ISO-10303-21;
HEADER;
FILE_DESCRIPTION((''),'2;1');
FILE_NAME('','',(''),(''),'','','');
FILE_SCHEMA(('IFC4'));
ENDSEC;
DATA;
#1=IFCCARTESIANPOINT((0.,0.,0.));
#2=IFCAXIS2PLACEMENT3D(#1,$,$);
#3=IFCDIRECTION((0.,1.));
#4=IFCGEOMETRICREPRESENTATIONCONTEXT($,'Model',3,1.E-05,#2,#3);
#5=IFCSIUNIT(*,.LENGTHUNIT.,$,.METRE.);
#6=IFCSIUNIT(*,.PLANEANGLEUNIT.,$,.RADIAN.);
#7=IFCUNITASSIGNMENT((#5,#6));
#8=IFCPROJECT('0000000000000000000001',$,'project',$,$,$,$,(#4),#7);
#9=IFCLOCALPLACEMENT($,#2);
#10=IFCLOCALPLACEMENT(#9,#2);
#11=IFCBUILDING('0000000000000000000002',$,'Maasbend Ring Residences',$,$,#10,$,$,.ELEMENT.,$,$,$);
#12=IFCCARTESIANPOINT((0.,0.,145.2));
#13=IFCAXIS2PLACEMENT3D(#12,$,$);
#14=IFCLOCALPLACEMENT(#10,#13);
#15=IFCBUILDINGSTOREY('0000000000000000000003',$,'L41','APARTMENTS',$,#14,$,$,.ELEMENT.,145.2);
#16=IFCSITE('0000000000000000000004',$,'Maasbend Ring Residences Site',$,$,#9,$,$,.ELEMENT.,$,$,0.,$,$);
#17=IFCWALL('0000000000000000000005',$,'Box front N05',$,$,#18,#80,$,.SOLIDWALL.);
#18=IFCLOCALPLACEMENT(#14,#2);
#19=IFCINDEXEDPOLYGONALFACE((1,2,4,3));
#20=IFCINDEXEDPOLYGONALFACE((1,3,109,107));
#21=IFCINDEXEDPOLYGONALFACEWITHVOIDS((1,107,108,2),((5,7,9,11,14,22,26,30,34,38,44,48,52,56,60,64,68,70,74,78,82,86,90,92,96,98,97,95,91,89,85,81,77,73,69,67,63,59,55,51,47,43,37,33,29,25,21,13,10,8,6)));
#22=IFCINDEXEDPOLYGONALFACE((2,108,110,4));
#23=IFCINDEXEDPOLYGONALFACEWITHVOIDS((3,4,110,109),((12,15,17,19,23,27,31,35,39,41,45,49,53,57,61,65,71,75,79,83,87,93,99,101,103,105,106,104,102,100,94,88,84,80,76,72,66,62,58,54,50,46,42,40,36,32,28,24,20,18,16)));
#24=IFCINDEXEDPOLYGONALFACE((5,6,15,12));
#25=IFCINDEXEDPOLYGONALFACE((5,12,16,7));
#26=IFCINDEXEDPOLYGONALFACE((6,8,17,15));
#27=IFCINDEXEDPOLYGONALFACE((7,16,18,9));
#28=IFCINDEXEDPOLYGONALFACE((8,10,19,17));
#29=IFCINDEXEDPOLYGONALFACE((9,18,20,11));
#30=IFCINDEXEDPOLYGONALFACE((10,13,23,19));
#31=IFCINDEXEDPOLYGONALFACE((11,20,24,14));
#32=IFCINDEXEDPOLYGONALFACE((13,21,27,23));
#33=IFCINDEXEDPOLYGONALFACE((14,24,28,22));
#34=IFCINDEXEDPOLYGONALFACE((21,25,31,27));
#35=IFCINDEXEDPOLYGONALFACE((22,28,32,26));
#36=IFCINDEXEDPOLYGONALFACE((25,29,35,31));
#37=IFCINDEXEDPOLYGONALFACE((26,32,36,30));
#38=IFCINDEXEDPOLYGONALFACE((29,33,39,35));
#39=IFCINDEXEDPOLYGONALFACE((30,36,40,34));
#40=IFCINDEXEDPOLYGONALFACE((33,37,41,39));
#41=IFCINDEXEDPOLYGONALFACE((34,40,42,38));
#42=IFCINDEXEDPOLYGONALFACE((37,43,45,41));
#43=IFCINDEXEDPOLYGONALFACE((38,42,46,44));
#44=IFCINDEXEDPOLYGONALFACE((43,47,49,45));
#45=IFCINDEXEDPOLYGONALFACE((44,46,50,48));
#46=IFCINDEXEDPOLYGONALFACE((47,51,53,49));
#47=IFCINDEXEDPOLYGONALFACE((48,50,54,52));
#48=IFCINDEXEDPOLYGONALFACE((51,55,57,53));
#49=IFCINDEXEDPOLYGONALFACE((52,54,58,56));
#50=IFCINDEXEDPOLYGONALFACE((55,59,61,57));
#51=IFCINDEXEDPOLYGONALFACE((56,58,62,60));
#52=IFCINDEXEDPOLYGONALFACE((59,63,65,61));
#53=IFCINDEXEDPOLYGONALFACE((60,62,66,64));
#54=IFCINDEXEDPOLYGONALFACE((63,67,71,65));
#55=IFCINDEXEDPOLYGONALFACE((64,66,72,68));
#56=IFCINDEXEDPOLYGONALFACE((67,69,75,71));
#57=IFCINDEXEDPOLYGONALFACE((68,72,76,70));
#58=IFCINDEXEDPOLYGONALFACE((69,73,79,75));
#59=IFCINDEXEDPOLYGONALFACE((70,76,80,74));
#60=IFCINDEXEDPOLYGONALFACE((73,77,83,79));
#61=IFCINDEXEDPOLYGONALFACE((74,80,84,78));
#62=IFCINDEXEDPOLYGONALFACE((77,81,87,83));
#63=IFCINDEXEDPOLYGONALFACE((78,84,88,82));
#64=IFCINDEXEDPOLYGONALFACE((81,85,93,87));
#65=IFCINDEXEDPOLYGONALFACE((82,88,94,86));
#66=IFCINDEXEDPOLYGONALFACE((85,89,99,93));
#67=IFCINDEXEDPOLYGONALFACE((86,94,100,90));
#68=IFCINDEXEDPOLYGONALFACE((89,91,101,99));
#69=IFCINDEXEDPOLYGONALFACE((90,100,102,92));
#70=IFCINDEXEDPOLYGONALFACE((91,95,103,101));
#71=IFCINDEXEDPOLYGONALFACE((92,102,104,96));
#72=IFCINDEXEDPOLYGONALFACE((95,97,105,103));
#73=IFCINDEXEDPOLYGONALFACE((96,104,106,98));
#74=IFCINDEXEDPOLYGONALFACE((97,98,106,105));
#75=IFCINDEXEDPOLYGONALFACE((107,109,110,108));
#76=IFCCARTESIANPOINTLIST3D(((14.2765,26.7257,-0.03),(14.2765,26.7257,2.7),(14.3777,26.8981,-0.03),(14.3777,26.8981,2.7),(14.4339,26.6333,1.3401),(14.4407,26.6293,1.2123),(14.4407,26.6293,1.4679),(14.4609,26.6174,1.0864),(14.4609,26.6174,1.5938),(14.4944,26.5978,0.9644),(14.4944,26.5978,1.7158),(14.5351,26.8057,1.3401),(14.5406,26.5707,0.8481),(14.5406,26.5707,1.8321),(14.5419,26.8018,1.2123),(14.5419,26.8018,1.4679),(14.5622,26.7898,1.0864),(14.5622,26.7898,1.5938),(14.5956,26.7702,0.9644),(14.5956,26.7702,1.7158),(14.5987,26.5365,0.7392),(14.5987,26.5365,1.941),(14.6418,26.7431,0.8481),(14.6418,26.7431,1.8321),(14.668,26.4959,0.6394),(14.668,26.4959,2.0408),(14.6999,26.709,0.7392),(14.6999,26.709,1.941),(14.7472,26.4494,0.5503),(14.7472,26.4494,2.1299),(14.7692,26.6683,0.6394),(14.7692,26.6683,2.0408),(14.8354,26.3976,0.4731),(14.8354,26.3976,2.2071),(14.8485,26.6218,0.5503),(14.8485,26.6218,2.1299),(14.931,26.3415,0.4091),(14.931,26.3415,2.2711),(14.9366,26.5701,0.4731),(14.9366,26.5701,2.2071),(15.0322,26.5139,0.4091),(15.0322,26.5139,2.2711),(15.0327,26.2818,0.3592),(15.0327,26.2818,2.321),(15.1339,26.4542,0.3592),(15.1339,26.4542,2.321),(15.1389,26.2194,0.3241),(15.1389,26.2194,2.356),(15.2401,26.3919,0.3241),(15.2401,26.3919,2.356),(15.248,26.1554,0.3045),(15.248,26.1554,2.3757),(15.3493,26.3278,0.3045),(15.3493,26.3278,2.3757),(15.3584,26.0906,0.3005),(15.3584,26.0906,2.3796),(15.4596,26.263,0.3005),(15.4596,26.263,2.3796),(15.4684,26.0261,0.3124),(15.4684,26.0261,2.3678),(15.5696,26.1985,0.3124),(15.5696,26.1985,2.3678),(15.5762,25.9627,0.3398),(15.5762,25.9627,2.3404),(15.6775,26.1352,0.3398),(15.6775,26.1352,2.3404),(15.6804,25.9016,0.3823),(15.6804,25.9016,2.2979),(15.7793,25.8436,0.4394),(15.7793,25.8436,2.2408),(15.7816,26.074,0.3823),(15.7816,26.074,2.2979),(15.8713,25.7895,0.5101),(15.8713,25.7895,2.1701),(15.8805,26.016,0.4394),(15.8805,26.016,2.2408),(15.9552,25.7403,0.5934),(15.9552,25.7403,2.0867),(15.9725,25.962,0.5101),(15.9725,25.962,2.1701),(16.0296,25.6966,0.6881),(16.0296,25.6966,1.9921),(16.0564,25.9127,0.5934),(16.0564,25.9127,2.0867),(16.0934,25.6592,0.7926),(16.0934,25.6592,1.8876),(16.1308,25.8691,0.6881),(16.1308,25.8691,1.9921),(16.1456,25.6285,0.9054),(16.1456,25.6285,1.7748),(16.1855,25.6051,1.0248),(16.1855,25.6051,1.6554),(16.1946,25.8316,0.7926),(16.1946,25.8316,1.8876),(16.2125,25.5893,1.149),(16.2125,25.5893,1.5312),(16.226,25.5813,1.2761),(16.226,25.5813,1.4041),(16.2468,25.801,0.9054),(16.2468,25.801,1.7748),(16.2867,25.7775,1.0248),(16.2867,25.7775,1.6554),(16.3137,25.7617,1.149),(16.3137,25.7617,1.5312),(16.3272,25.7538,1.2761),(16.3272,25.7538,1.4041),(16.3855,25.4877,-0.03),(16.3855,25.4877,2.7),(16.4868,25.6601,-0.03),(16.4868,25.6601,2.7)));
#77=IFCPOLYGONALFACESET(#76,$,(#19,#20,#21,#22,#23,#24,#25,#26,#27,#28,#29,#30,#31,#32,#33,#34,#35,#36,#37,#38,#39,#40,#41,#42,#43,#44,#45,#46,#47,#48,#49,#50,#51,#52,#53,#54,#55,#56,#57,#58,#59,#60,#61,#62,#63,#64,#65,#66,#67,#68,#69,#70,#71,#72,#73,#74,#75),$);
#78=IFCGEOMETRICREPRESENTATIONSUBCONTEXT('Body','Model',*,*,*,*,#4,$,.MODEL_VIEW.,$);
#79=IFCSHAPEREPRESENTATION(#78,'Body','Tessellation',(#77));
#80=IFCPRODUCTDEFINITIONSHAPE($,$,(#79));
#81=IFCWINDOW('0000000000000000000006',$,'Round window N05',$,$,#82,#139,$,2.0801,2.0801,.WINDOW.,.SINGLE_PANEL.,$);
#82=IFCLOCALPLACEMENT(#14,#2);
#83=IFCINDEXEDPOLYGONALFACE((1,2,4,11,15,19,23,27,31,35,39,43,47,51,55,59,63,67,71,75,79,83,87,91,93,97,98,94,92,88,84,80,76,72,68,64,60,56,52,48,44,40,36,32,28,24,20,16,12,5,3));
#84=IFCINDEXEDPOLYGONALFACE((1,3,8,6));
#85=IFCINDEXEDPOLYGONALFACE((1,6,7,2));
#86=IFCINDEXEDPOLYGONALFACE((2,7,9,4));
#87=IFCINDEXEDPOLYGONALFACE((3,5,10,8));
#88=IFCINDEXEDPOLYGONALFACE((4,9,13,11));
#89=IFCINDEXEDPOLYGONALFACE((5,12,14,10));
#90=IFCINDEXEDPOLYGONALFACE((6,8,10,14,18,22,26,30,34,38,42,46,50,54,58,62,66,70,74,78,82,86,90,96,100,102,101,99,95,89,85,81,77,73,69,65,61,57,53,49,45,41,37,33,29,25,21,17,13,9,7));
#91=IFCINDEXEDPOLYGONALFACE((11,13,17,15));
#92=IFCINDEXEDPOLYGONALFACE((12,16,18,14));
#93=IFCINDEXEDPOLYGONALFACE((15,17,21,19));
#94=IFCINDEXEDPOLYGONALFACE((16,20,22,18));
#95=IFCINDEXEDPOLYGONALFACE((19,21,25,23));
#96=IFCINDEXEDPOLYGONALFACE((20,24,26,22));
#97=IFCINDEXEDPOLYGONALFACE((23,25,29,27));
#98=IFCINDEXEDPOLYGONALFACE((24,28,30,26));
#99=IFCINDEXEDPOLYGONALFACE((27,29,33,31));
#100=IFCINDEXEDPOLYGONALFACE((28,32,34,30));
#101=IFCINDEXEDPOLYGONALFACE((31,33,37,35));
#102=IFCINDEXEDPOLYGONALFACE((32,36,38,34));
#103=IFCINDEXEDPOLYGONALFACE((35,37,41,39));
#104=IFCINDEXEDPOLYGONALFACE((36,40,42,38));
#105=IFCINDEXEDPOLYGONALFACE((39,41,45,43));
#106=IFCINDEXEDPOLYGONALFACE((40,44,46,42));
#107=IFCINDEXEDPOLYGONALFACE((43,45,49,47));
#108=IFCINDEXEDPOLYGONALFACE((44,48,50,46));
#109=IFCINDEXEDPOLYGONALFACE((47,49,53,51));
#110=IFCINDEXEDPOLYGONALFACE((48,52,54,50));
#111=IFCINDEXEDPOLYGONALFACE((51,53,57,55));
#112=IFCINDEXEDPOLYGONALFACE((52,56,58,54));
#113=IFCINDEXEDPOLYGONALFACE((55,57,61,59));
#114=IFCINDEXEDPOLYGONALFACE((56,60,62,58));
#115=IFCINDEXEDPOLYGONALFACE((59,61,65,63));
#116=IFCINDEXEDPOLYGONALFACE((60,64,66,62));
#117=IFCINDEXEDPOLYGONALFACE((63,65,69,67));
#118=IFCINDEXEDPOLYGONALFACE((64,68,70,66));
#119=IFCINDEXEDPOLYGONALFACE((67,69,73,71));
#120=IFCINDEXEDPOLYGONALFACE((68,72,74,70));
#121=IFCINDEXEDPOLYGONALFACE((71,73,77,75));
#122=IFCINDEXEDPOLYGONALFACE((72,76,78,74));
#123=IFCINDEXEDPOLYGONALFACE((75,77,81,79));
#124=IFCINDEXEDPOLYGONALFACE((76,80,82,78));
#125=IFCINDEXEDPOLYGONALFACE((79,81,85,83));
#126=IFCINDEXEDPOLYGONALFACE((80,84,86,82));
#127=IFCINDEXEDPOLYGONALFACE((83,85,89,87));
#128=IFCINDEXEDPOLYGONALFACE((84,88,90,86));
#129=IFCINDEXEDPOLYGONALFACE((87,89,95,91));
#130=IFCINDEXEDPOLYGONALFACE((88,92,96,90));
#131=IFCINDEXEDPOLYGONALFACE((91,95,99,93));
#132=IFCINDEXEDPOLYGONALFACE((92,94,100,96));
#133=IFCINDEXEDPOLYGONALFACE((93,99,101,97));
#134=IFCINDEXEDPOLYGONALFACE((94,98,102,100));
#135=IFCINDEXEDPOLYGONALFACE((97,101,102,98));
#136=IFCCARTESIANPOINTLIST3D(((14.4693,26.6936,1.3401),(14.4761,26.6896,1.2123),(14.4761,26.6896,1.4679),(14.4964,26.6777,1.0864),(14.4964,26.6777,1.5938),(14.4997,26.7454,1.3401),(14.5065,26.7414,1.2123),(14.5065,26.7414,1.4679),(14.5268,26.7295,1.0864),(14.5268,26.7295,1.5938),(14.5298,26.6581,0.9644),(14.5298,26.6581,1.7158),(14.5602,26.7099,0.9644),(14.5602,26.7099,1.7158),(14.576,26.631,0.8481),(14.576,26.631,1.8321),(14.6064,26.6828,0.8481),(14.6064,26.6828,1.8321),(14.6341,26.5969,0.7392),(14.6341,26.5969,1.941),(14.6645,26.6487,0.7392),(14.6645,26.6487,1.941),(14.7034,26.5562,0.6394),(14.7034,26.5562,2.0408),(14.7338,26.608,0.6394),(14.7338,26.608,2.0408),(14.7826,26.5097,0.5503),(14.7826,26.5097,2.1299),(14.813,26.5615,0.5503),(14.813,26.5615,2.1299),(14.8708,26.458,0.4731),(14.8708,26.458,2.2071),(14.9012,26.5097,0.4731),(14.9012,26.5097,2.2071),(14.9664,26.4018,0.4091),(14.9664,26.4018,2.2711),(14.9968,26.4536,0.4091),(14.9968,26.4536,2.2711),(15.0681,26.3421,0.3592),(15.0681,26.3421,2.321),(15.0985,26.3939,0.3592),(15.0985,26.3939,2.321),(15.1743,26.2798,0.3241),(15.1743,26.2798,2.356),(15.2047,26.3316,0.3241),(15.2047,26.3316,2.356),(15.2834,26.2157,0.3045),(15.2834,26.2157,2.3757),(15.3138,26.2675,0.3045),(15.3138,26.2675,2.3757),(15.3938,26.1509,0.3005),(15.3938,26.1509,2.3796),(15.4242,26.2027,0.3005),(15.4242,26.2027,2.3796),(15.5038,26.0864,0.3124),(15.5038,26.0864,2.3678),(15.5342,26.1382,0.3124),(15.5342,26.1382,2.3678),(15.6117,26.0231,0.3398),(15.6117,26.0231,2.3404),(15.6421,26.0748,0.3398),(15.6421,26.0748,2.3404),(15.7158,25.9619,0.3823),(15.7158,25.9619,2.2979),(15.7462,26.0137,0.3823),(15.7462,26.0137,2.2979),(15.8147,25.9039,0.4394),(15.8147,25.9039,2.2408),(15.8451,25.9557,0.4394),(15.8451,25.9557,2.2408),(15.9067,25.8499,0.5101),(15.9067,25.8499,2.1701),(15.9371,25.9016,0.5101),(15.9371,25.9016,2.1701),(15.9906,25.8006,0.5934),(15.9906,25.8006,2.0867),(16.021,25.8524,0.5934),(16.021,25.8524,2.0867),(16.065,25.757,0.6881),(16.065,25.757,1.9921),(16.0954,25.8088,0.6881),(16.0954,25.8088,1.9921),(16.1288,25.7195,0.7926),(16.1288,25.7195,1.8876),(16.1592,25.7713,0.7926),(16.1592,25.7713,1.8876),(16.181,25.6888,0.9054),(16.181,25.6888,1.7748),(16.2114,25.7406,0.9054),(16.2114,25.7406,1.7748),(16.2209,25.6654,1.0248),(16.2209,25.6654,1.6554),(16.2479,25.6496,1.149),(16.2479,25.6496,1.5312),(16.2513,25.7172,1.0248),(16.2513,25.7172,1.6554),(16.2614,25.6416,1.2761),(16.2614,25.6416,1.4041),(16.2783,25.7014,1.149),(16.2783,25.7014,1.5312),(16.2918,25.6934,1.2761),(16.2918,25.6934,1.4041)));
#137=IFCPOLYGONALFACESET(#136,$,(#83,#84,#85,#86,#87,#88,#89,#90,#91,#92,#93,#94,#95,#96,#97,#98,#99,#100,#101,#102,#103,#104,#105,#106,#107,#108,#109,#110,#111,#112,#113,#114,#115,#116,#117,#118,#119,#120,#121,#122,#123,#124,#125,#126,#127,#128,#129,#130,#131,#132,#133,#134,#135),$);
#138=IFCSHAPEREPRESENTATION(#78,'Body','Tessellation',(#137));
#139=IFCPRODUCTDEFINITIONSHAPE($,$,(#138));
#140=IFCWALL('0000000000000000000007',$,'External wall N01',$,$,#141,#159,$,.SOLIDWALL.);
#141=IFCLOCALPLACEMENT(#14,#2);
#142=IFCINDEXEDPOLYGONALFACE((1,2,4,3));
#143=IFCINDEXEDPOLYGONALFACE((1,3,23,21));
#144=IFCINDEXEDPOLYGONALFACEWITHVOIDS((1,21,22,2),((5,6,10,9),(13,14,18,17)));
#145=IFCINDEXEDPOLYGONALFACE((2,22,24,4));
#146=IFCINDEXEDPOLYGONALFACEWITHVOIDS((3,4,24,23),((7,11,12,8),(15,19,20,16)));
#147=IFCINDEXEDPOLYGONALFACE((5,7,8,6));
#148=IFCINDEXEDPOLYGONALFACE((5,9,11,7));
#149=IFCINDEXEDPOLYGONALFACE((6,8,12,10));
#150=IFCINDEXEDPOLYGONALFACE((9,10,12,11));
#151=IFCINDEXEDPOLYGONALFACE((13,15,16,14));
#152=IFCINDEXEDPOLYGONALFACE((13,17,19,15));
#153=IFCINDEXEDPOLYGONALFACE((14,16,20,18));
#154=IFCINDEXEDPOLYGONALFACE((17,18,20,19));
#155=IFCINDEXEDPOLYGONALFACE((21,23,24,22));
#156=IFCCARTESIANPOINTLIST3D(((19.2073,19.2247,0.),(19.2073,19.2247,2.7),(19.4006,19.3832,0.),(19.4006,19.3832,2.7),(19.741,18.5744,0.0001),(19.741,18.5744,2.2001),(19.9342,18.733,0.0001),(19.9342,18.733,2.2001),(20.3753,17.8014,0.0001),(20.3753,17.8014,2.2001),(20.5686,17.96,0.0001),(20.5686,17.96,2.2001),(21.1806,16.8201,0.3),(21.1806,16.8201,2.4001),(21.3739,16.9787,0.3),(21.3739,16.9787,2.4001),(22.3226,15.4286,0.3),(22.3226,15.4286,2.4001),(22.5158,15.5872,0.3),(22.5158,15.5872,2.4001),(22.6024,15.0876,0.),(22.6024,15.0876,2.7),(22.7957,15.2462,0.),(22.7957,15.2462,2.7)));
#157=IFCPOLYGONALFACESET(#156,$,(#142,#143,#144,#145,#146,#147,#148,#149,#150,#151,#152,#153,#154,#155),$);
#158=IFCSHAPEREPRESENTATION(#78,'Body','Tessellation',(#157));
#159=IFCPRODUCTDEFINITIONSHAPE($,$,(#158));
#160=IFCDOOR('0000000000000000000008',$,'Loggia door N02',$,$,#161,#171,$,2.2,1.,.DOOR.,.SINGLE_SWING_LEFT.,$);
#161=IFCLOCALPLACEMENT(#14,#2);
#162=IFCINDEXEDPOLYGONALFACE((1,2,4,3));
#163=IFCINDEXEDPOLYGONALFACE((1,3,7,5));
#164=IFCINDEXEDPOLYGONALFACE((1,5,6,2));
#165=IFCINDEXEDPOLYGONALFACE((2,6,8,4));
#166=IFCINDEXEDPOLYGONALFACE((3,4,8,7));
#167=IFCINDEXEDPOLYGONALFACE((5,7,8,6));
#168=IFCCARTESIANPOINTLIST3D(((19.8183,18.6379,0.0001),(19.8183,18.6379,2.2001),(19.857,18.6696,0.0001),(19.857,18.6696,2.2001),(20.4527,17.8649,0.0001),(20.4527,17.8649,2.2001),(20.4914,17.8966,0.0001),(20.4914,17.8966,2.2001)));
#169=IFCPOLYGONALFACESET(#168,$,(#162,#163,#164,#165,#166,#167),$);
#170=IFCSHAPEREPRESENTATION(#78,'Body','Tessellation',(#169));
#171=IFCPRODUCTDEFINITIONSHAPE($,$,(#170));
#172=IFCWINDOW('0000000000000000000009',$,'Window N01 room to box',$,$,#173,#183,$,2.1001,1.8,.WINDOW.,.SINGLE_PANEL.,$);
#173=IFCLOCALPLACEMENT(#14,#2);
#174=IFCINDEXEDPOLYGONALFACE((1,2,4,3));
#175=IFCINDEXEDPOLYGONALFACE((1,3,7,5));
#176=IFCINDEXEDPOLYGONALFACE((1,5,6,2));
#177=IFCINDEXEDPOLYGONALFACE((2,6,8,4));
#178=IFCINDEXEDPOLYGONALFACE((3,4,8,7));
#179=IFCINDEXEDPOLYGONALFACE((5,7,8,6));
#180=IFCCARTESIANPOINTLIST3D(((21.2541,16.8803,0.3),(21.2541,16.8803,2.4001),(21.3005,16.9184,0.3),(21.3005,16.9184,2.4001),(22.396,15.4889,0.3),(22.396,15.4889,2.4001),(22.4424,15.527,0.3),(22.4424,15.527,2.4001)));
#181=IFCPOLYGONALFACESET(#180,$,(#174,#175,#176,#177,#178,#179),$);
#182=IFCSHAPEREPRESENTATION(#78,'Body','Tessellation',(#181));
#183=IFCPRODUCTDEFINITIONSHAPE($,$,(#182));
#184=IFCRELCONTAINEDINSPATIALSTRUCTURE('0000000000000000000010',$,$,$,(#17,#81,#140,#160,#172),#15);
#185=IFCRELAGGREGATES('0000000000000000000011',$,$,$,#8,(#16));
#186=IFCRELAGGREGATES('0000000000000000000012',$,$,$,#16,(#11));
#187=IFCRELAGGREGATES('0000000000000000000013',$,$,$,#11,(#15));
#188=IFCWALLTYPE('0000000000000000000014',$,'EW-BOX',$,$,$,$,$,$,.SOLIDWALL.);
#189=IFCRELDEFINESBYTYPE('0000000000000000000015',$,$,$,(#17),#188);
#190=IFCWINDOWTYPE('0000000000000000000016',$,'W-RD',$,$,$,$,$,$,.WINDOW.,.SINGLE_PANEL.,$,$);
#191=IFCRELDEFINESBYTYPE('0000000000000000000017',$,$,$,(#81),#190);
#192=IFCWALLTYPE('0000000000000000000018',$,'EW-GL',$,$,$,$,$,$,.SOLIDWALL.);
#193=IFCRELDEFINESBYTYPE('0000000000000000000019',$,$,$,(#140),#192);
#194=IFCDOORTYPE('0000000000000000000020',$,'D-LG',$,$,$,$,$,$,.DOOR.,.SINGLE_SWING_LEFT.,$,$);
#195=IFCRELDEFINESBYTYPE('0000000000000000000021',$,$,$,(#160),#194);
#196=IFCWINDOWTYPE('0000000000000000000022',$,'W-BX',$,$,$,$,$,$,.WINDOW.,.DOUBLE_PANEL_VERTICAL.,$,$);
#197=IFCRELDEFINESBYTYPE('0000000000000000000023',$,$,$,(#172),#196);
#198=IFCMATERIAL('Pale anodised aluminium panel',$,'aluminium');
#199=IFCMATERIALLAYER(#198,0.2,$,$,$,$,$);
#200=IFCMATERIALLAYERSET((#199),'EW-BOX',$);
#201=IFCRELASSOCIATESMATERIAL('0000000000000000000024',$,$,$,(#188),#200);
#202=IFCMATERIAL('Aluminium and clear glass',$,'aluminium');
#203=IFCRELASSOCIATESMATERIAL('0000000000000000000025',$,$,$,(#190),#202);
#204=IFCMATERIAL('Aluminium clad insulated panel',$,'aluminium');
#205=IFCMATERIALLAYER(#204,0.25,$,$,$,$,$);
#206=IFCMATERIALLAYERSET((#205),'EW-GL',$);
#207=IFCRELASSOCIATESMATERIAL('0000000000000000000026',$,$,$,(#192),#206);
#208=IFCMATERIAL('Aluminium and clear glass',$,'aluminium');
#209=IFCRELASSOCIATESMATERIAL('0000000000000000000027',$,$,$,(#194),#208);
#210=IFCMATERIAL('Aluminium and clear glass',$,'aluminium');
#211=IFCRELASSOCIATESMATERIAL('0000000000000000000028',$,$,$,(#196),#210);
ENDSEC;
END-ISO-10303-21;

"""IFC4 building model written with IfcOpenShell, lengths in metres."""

from ifc_helpers import new_model, si_unit, direction, frame, frame_2d, origin, place, context, subcontext, project, spatial, rectangle, circle, extrude, material, layer, layer_set, type_object, element, fill, save


model = new_model("IFC4")

# Units and contexts
model_context = context("Model", 3, precision=1e-05, world=origin(), true_north=direction((0.0, 1.0)))
body_context = subcontext(model_context, "Body", "Model", "MODEL_VIEW")
ifc_project = project(units=[si_unit("LENGTHUNIT", "METRE"), si_unit("PLANEANGLEUNIT", "RADIAN")], contexts=[model_context])

# Site, building, storey
site_placement = place(None, origin())
site = spatial("IfcSite", under=ifc_project, at=site_placement, Name="Maasbend Ring Residences Site", CompositionType="ELEMENT", RefElevation=0.0)
building_placement = place(site_placement, origin())
building = spatial("IfcBuilding", under=site, at=building_placement, Name="Maasbend Ring Residences", CompositionType="ELEMENT")
storey_placement = place(building_placement, frame((0.0, 0.0, 145.2)))
storey = spatial("IfcBuildingStorey", under=building, at=storey_placement, Name="L41", Description="APARTMENTS", CompositionType="ELEMENT", Elevation=145.2)

# Shared definitions
ifc_material_1 = material(Name="Pale anodised aluminium panel", Category="aluminium")
ifc_layer_1 = layer(ifc_material_1, 0.2)
ifc_layer_set_1 = layer_set([ifc_layer_1], Name="EW-BOX")
wall_type_1 = type_object("IfcWallType", Name="EW-BOX", PredefinedType="SOLIDWALL", material=ifc_layer_set_1)
ifc_material_2 = material(Name="Aluminium and clear glass", Category="aluminium")
window_type_1 = type_object("IfcWindowType", Name="W-RD", PartitioningType="SINGLE_PANEL", PredefinedType="WINDOW", material=ifc_material_2)

# Wall, opening, window
wall_1_placement = place(storey_placement, frame((16.436, 25.574, -0.03), z_axis=(0.0, 0.0, 1.0), x_axis=(-0.862403, 0.506222, 0.0)))
wall_1 = element("IfcWall", 1, at=wall_1_placement, inside=storey, type_object=wall_type_1, Name="Box front N05", PredefinedType="SOLIDWALL", context=body_context, shape_type="SweptSolid", body=[
    extrude(rectangle(XDim=2.4456, YDim=0.2, at=frame_2d((1.2227, 0.0))), origin(), (0.0, 0.0, 1.0), 2.73),
])
opening_1_placement = place(wall_1_placement, frame((0.1829, 0.0, 0.3301)))
opening_1 = element("IfcOpeningElement", 2, at=opening_1_placement, cuts=wall_1, PredefinedType="OPENING", context=body_context, shape_type="SweptSolid", body=[
    extrude(circle(Radius=1.04, at=frame_2d((1.04, 1.04))), frame((0.0, 0.1099, 0.0), z_axis=(0.0, -1.0, 0.0), x_axis=(1.0, 0.0, 0.0)), (0.0, 0.0, 1.0), 0.22),
])
window_1_placement = place(opening_1_placement, origin())
window_1 = element("IfcWindow", 3, at=window_1_placement, inside=storey, type_object=window_type_1, Name="Round window N05", OverallHeight=2.0801, OverallWidth=2.0801, PartitioningType="SINGLE_PANEL", PredefinedType="WINDOW", context=body_context, shape_type="SweptSolid", body=[
    extrude(circle(Radius=1.04, at=frame_2d((1.04, 1.04))), frame((0.0, 0.03, 0.0), z_axis=(0.0, -1.0, 0.0), x_axis=(1.0, 0.0, 0.0)), (0.0, 0.0, 1.0), 0.0601),
])
fill(opening_1, window_1)

# Wall, openings, door, window
ifc_material_3 = material(Name="Aluminium clad insulated panel", Category="aluminium")
ifc_layer_2 = layer(ifc_material_3, 0.25)
ifc_layer_set_2 = layer_set([ifc_layer_2], Name="EW-GL")
wall_type_2 = type_object("IfcWallType", Name="EW-GL", PredefinedType="SOLIDWALL", material=ifc_layer_set_2)
wall_2_placement = place(storey_placement, frame((22.699, 15.167, 0.0), z_axis=(0.0, 0.0, 1.0), x_axis=(-0.634382, 0.773019, 0.0)))
wall_2 = element("IfcWall", 4, at=wall_2_placement, inside=storey, type_object=wall_type_2, Name="External wall N01", PredefinedType="SOLIDWALL", context=body_context, shape_type="SweptSolid", body=[
    extrude(rectangle(XDim=5.3518, YDim=0.25, at=frame_2d((2.6758, 0.0))), origin(), (0.0, 0.0, 1.0), 2.7),
])
opening_2_placement = place(wall_2_placement, frame((0.4412, 0.0, 0.3)))
opening_2 = element("IfcOpeningElement", 5, at=opening_2_placement, cuts=wall_2, PredefinedType="OPENING", context=body_context, shape_type="SweptSolid", body=[
    extrude(rectangle(XDim=1.8, YDim=2.1001, at=frame_2d((0.8999, 1.05))), frame((0.0, 0.135, 0.0), z_axis=(0.0, -1.0, 0.0), x_axis=(1.0, 0.0, 0.0)), (0.0, 0.0, 1.0), 0.27),
])
opening_3_placement = place(wall_2_placement, frame((3.5105, 0.0, 0.0)))
opening_3 = element("IfcOpeningElement", 6, at=opening_3_placement, cuts=wall_2, PredefinedType="OPENING", context=body_context, shape_type="SweptSolid", body=[
    extrude(rectangle(XDim=1.0, YDim=2.2, at=frame_2d((0.5, 1.1001))), frame((0.0, 0.135, 0.0), z_axis=(0.0, -1.0, 0.0), x_axis=(1.0, 0.0, 0.0)), (0.0, 0.0, 1.0), 0.27),
])
ifc_material_4 = material(Name="Aluminium and clear glass", Category="aluminium")
door_type = type_object("IfcDoorType", Name="D-LG", OperationType="SINGLE_SWING_LEFT", PredefinedType="DOOR", material=ifc_material_4)
door_1_placement = place(opening_3_placement, origin())
door_1 = element("IfcDoor", 7, at=door_1_placement, inside=storey, type_object=door_type, Name="Loggia door N02", OperationType="SINGLE_SWING_LEFT", OverallHeight=2.2, OverallWidth=1.0, PredefinedType="DOOR", context=body_context, shape_type="SweptSolid", body=[
    extrude(rectangle(XDim=1.0, YDim=2.2, at=frame_2d((0.5, 1.1001))), frame((0.0, 0.0249, 0.0), z_axis=(0.0, -1.0, 0.0), x_axis=(1.0, 0.0, 0.0)), (0.0, 0.0, 1.0), 0.05),
])
fill(opening_3, door_1)
ifc_material_5 = material(Name="Aluminium and clear glass", Category="aluminium")
window_type_2 = type_object("IfcWindowType", Name="W-BX", PartitioningType="DOUBLE_PANEL_VERTICAL", PredefinedType="WINDOW", material=ifc_material_5)
window_2_placement = place(opening_2_placement, origin())
window_2 = element("IfcWindow", 8, at=window_2_placement, inside=storey, type_object=window_type_2, Name="Window N01 room to box", OverallHeight=2.1001, OverallWidth=1.8, PartitioningType="SINGLE_PANEL", PredefinedType="WINDOW", context=body_context, shape_type="SweptSolid", body=[
    extrude(rectangle(XDim=1.8, YDim=2.1001, at=frame_2d((0.8999, 1.05))), frame((0.0, 0.03, 0.0), z_axis=(0.0, -1.0, 0.0), x_axis=(1.0, 0.0, 0.0)), (0.0, 0.0, 1.0), 0.0601),
])
fill(opening_2, window_2)

save(model, "model.ifc")
